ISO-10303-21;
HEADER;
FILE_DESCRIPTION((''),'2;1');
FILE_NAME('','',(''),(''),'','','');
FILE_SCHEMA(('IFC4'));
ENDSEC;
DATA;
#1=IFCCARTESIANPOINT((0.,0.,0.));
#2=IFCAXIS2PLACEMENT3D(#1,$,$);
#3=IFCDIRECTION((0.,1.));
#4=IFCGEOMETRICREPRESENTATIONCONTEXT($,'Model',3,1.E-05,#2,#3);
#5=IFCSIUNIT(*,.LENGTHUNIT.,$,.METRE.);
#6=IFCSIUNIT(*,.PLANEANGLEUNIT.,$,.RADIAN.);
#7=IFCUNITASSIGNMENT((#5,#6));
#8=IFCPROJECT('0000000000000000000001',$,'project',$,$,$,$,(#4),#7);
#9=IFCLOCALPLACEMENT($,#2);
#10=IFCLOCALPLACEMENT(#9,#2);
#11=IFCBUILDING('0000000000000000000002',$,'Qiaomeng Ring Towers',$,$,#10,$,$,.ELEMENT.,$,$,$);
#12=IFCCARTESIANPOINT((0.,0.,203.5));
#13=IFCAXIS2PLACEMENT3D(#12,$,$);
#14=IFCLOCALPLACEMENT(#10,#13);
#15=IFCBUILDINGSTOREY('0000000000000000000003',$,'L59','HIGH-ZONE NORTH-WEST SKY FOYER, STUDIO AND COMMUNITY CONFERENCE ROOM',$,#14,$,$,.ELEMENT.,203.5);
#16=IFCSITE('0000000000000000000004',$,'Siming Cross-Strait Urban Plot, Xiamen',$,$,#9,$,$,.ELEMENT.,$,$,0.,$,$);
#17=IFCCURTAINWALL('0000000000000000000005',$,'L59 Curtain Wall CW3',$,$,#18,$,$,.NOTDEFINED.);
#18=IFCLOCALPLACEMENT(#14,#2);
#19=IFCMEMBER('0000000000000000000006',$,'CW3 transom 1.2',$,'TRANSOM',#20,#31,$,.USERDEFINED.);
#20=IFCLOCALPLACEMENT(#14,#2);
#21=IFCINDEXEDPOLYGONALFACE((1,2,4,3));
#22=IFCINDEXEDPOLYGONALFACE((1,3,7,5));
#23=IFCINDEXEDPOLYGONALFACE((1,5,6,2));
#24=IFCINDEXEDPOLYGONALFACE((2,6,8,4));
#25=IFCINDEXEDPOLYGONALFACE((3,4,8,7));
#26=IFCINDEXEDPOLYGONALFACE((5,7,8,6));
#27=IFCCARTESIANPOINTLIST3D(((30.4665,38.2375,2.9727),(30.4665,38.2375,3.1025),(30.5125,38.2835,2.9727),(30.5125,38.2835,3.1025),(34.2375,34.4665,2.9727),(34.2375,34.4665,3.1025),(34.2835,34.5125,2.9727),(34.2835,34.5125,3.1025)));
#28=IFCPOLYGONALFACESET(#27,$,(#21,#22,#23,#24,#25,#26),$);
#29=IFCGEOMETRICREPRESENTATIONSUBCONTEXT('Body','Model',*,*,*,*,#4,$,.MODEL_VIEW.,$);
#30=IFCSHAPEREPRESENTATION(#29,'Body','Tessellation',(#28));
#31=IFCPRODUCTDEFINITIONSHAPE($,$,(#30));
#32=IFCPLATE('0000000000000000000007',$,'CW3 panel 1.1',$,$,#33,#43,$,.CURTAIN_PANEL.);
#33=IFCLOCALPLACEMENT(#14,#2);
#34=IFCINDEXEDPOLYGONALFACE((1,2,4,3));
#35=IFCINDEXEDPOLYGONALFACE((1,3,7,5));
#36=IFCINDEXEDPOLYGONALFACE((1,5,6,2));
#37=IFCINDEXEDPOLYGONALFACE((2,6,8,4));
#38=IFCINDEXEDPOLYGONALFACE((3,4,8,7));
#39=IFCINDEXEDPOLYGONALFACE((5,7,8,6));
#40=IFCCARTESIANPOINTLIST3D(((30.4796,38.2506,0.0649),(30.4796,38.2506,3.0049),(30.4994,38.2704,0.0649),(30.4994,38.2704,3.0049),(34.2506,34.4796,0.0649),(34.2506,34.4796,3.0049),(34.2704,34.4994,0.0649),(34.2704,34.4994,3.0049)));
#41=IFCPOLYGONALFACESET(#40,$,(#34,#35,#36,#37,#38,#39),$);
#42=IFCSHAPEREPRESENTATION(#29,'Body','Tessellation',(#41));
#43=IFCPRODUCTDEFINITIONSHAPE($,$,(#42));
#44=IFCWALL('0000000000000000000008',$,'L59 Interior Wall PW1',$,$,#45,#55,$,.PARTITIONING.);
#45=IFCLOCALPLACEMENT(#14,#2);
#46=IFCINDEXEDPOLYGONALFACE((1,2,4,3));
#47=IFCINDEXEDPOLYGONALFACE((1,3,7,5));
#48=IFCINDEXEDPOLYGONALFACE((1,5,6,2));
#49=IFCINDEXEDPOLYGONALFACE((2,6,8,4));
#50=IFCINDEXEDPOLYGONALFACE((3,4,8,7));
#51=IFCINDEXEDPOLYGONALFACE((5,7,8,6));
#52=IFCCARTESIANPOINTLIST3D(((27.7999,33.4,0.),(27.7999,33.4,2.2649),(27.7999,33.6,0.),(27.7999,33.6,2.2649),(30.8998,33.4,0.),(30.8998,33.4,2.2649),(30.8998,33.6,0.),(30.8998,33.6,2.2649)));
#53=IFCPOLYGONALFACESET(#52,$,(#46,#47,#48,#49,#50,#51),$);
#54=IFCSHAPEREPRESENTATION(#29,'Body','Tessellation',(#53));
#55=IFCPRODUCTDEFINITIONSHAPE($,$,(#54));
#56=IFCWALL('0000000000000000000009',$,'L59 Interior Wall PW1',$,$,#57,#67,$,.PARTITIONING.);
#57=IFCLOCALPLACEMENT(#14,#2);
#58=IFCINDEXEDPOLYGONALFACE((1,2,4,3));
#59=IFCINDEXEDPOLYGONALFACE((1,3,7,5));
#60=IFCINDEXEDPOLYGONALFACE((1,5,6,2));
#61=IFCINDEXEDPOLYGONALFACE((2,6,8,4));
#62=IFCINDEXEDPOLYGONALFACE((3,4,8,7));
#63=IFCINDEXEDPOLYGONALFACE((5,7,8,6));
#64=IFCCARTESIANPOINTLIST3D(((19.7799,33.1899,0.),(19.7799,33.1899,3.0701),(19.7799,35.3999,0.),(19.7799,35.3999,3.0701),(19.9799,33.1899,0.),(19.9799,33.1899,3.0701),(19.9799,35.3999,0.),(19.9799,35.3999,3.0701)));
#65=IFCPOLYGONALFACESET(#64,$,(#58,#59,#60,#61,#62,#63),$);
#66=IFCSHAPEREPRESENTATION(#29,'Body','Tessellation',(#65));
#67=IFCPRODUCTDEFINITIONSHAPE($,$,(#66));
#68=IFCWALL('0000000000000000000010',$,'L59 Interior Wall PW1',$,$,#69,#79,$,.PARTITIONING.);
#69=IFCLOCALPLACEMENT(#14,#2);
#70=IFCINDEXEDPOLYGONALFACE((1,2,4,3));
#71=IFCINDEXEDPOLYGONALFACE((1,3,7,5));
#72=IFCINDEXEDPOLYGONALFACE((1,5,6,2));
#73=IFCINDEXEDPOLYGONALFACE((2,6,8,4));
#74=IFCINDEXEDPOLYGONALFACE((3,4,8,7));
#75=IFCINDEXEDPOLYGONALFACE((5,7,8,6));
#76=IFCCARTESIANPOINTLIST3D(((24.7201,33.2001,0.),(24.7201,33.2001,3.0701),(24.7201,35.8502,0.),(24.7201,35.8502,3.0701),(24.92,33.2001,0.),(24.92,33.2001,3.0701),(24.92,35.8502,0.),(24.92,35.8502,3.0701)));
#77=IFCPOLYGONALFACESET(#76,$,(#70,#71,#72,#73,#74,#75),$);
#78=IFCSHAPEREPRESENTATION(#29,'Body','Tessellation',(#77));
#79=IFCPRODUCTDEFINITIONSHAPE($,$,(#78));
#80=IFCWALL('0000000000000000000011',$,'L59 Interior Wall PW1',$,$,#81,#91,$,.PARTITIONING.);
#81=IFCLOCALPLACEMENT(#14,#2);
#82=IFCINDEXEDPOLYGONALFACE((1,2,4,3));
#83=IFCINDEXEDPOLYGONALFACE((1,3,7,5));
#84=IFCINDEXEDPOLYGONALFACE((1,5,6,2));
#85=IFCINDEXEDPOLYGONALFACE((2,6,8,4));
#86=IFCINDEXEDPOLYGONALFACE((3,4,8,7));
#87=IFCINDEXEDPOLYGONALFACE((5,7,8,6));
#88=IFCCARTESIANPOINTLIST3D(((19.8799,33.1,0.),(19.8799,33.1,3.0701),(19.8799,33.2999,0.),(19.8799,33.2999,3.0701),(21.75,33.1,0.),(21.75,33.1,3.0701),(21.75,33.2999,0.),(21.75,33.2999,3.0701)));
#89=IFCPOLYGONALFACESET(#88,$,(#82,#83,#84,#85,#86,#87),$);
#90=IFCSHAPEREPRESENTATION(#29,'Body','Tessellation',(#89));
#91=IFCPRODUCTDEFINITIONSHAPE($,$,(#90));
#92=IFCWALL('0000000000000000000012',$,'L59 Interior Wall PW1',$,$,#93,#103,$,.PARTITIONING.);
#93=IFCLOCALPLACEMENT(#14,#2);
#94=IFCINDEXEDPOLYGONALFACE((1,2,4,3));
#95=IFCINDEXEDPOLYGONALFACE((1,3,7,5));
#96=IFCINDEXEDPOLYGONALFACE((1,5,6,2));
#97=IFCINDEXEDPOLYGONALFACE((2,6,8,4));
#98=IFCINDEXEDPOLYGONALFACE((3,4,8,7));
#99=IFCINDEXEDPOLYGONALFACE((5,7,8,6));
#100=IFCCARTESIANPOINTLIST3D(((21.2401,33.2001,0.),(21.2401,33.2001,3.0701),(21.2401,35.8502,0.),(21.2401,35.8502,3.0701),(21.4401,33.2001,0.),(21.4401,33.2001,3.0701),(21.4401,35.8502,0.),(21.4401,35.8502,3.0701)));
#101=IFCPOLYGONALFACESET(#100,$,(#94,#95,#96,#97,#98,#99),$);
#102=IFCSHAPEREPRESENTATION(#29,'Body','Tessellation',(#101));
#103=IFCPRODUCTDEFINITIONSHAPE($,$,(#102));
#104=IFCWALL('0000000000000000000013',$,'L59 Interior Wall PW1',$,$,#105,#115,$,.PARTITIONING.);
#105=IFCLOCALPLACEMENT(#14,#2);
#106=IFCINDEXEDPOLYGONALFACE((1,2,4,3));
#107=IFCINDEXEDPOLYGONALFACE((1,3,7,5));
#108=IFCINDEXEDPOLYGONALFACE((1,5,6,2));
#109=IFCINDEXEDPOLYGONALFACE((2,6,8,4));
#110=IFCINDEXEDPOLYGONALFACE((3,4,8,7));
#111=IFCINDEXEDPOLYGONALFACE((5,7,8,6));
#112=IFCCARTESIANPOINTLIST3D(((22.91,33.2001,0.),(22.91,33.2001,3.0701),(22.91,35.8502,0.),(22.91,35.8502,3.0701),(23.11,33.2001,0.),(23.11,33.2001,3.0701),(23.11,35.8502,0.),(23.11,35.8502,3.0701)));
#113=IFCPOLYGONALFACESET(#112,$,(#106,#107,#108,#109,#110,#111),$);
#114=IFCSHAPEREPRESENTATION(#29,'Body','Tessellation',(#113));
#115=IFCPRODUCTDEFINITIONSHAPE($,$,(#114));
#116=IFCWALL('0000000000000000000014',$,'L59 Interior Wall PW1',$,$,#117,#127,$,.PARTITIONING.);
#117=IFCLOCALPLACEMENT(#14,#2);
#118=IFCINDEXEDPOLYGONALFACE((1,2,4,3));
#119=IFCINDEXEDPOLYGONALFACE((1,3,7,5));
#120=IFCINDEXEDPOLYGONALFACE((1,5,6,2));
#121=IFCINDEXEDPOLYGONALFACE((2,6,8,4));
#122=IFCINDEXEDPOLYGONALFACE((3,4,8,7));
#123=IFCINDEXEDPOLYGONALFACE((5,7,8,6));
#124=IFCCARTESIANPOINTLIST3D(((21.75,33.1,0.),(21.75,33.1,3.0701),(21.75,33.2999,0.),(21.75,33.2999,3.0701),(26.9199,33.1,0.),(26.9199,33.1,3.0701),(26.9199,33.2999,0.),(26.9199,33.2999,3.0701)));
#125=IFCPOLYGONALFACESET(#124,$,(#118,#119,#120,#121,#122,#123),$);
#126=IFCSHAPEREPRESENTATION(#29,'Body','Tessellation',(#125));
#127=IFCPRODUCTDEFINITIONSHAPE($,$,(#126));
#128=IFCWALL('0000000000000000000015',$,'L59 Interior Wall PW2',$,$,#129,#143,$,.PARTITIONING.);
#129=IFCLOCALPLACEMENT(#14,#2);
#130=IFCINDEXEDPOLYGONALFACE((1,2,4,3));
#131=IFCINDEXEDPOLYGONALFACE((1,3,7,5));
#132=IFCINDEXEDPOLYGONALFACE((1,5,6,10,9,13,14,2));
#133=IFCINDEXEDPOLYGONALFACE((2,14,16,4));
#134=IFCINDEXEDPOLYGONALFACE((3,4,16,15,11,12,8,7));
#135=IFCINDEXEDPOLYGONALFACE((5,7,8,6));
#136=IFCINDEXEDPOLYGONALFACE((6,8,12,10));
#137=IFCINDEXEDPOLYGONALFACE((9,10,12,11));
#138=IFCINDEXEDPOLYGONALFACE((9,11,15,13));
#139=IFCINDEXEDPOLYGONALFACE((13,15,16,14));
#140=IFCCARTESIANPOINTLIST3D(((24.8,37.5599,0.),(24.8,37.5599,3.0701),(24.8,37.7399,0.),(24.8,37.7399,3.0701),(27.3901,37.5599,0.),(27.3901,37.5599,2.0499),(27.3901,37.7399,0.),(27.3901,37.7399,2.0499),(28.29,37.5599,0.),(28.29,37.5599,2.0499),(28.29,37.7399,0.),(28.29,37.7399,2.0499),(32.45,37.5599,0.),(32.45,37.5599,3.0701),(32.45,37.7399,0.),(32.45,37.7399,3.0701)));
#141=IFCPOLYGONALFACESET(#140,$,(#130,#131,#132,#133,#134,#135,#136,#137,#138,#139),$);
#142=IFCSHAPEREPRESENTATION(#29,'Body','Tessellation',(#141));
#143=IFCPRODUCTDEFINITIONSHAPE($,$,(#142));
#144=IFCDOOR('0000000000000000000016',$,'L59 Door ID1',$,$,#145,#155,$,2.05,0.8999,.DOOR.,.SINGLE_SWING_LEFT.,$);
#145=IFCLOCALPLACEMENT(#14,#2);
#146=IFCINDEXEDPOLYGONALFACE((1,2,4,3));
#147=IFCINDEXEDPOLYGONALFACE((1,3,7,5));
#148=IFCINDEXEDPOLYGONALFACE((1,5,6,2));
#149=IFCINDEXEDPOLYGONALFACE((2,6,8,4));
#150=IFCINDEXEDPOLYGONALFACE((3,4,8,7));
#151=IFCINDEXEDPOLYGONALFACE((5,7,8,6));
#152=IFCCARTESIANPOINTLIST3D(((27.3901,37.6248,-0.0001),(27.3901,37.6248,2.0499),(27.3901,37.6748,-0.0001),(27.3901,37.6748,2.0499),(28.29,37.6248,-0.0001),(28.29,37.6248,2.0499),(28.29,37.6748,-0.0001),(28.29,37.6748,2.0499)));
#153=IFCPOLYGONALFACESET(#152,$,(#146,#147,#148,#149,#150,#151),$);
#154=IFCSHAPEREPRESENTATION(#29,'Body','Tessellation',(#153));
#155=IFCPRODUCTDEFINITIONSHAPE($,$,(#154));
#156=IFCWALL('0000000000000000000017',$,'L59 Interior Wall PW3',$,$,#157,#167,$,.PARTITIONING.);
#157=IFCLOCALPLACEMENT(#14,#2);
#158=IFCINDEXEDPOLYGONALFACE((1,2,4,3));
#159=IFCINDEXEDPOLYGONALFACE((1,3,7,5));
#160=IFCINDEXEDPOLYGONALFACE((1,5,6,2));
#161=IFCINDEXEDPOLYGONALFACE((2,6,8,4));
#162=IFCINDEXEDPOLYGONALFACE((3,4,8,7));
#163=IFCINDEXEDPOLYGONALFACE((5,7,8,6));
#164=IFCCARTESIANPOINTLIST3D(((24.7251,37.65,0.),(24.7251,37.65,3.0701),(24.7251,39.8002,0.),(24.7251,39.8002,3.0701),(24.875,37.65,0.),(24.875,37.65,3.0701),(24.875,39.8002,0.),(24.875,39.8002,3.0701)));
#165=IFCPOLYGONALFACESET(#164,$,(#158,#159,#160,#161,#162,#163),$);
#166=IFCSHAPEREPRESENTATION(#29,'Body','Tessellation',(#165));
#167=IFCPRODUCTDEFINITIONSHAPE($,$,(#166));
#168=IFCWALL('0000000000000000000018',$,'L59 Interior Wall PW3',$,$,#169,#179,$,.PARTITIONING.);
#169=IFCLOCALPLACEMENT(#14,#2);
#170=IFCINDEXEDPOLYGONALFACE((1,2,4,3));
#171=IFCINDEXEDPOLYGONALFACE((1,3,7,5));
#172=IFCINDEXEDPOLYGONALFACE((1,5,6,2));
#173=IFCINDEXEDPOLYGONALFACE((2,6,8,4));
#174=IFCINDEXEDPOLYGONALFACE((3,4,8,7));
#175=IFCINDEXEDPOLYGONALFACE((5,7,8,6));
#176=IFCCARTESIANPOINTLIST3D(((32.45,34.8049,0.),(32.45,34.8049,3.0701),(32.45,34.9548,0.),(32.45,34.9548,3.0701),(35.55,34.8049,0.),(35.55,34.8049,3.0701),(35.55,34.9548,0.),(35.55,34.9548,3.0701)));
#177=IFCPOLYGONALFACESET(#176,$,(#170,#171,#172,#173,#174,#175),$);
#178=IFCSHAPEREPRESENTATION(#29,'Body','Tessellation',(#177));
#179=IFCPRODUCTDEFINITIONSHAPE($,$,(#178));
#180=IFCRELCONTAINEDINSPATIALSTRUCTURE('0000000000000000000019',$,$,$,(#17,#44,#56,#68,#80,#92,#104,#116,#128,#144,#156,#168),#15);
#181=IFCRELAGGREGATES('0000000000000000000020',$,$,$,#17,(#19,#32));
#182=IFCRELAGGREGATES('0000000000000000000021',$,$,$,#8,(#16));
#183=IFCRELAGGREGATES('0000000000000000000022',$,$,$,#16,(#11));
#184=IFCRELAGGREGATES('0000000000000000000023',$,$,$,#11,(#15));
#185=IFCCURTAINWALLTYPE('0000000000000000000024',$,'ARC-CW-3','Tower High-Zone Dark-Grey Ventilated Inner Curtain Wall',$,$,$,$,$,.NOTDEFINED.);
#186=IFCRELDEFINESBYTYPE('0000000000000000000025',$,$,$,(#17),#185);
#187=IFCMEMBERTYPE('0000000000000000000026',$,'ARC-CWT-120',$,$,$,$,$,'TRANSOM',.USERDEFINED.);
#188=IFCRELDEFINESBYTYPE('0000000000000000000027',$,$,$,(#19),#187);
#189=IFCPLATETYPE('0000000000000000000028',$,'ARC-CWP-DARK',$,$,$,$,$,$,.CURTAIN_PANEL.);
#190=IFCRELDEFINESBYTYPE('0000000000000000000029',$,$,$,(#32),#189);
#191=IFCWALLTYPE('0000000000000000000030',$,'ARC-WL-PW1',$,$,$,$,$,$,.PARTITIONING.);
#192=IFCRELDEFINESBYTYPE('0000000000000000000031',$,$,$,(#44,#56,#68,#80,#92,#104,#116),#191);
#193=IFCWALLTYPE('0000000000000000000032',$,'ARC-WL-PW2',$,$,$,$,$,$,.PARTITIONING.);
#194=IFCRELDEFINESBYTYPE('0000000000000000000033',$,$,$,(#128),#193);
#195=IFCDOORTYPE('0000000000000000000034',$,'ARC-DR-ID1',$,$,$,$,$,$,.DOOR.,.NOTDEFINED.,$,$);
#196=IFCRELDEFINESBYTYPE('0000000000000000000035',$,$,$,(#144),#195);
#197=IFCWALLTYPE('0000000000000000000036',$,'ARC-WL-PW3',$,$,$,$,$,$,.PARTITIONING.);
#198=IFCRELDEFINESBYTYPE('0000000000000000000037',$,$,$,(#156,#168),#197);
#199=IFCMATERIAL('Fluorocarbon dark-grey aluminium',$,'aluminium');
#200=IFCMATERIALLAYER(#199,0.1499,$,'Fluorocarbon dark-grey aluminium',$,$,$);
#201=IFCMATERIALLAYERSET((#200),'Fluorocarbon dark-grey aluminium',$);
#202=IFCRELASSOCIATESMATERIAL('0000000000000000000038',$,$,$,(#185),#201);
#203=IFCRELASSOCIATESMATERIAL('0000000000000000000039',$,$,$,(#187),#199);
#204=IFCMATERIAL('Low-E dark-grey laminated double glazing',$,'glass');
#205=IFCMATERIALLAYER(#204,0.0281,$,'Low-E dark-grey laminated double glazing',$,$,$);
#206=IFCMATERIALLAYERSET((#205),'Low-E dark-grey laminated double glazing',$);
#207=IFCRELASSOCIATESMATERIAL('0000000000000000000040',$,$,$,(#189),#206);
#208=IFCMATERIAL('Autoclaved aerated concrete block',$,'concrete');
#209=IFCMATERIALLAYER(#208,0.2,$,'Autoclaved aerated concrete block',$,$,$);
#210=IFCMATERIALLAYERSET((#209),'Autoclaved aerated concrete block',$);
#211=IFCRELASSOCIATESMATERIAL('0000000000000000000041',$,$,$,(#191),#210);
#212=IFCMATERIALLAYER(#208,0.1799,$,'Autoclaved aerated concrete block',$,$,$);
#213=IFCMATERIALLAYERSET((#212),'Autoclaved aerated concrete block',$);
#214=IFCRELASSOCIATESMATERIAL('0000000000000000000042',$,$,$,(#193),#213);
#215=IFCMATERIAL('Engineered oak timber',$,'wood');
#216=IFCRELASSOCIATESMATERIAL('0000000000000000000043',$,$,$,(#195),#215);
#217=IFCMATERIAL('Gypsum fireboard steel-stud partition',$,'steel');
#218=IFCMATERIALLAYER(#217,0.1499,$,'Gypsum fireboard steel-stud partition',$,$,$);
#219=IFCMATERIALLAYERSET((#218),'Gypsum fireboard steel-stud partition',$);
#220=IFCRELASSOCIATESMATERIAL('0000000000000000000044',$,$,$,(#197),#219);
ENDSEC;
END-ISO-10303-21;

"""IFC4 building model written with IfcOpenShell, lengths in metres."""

from ifc_helpers import new_model, si_unit, direction, frame, frame_2d, origin, origin_2d, place, context, subcontext, project, spatial, rectangle, extrude, source, transform, mapped, material, layer, layer_set, material_profile, profile_set, type_object, element, fill, aggregate, save


model = new_model("IFC4")

# Units and contexts
model_context = context("Model", 3, precision=1e-05, world=origin(), true_north=direction((0.0, 1.0)))
body_context = subcontext(model_context, "Body", "Model", "MODEL_VIEW")
ifc_project = project(units=[si_unit("LENGTHUNIT", "METRE"), si_unit("PLANEANGLEUNIT", "RADIAN")], contexts=[model_context])

# Site, building, storey
site_placement = place(None, origin())
site = spatial("IfcSite", under=ifc_project, at=site_placement, Name="Siming Cross-Strait Urban Plot, Xiamen", CompositionType="ELEMENT", RefElevation=0.0)
building_placement = place(site_placement, origin())
building = spatial("IfcBuilding", under=site, at=building_placement, Name="Qiaomeng Ring Towers", CompositionType="ELEMENT")
storey_placement = place(building_placement, frame((0.0, 0.0, 203.5)))
storey = spatial("IfcBuildingStorey", under=building, at=storey_placement, Name="L59", Description="HIGH-ZONE NORTH-WEST SKY FOYER, STUDIO AND COMMUNITY CONFERENCE ROOM", CompositionType="ELEMENT", Elevation=203.5)

# Curtain wall, member, plate
ifc_material_1 = material(Name="Fluorocarbon dark-grey aluminium", Category="aluminium")
ifc_layer_1 = layer(ifc_material_1, 0.1499, Name="Fluorocarbon dark-grey aluminium")
ifc_layer_set_1 = layer_set([ifc_layer_1], Name="Fluorocarbon dark-grey aluminium")
curtain_wall_type = type_object("IfcCurtainWallType", Name="ARC-CW-3", Description="Tower High-Zone Dark-Grey Ventilated Inner Curtain Wall", PredefinedType="NOTDEFINED", material=ifc_layer_set_1)
curtain_wall_placement = place(storey_placement, origin())
curtain_wall = element("IfcCurtainWall", 1, at=curtain_wall_placement, inside=storey, type_object=curtain_wall_type, Name="L59 Curtain Wall CW3", PredefinedType="NOTDEFINED")
ifc_material_profile_1 = material_profile(ifc_material_1, rectangle(XDim=0.0649, YDim=0.1299, at=origin_2d()), Name="ALU TRAN 65x130")
ifc_profile_set_1 = profile_set([ifc_material_profile_1], Name="Fluorocarbon dark-grey aluminium")
member_type_1 = type_object("IfcMemberType", Name="ARC-CWT-120", ElementType="TRANSOM", PredefinedType="USERDEFINED", material=ifc_profile_set_1)
shared_shape_1 = source(origin(), body_context, "Body", "SweptSolid", [
    extrude(rectangle(XDim=0.0649, YDim=0.1299, at=origin_2d()), origin(), (0.0, 0.0, 1.0), 5.333),
])
member_1_placement = place(storey_placement, frame((34.2605, 34.4895, 3.0376), z_axis=(-0.707107, 0.707107, 0.0), x_axis=(-0.707107, -0.707107, 0.0)))
member_1 = element("IfcMember", 2, at=member_1_placement, type_object=member_type_1, Name="CW3 transom 1.2", ObjectType="TRANSOM", PredefinedType="USERDEFINED", context=body_context, shape_type="MappedRepresentation", body=[
    mapped(shared_shape_1, transform((0.0, 0.0, 0.0), x_axis=(1.0, 0.0, 0.0), y_axis=(0.0, 1.0, 0.0), z_axis=(0.0, 0.0, 1.0), scale=1.0)),
])
ifc_material_2 = material(Name="Low-E dark-grey laminated double glazing", Category="glass")
ifc_layer_2 = layer(ifc_material_2, 0.0281, Name="Low-E dark-grey laminated double glazing")
ifc_layer_set_2 = layer_set([ifc_layer_2], Name="Low-E dark-grey laminated double glazing")
plate_type = type_object("IfcPlateType", Name="ARC-CWP-DARK", PredefinedType="CURTAIN_PANEL", material=ifc_layer_set_2)
shared_shape_2 = source(origin(), body_context, "Body", "SweptSolid", [
    extrude(rectangle(XDim=5.333, YDim=0.0281, at=origin_2d()), origin(), (0.0, 0.0, 1.0), 2.9399),
])
plate_placement = place(storey_placement, frame((32.375, 36.375, 0.0649), z_axis=(0.0, 0.0, 1.0), x_axis=(-0.707107, 0.707107, 0.0)))
plate = element("IfcPlate", 3, at=plate_placement, type_object=plate_type, Name="CW3 panel 1.1", PredefinedType="CURTAIN_PANEL", context=body_context, shape_type="MappedRepresentation", body=[
    mapped(shared_shape_2, transform((0.0, 0.0, 0.0), x_axis=(1.0, 0.0, 0.0), y_axis=(0.0, 1.0, 0.0), z_axis=(0.0, 0.0, 1.0), scale=1.0)),
])
aggregate(curtain_wall, [member_1, plate])

# Walls
ifc_material_3 = material(Name="Autoclaved aerated concrete block", Category="concrete")
ifc_layer_3 = layer(ifc_material_3, 0.2, Name="Autoclaved aerated concrete block")
ifc_layer_set_3 = layer_set([ifc_layer_3], Name="Autoclaved aerated concrete block")
wall_type_1 = type_object("IfcWallType", Name="ARC-WL-PW1", PredefinedType="PARTITIONING", material=ifc_layer_set_3)
wall_1_placement = place(storey_placement, frame((27.8, 33.5, 0.0), z_axis=(0.0, 0.0, 1.0), x_axis=(1.0, 0.0, 0.0)))
element("IfcWall", 4, at=wall_1_placement, inside=storey, type_object=wall_type_1, Name="L59 Interior Wall PW1", PredefinedType="PARTITIONING", context=body_context, shape_type="SweptSolid", body=[
    extrude(rectangle(XDim=3.0999, YDim=0.2, at=frame_2d((1.5498, 0.0))), origin(), (0.0, 0.0, 1.0), 2.2649),
])
wall_2_placement = place(storey_placement, frame((19.8799, 33.1899, 0.0), z_axis=(0.0, 0.0, 1.0), x_axis=(0.0, 1.0, 0.0)))
element("IfcWall", 5, at=wall_2_placement, inside=storey, type_object=wall_type_1, Name="L59 Interior Wall PW1", PredefinedType="PARTITIONING", context=body_context, shape_type="SweptSolid", body=[
    extrude(rectangle(XDim=2.21, YDim=0.2, at=frame_2d((1.105, 0.0))), origin(), (0.0, 0.0, 1.0), 3.0701),
])
wall_3_placement = place(storey_placement, frame((24.8201, 33.2, 0.0), z_axis=(0.0, 0.0, 1.0), x_axis=(0.0, 1.0, 0.0)))
element("IfcWall", 6, at=wall_3_placement, inside=storey, type_object=wall_type_1, Name="L59 Interior Wall PW1", PredefinedType="PARTITIONING", context=body_context, shape_type="SweptSolid", body=[
    extrude(rectangle(XDim=2.6501, YDim=0.2, at=frame_2d((1.3252, 0.0))), origin(), (0.0, 0.0, 1.0), 3.0701),
])
wall_4_placement = place(storey_placement, frame((19.8799, 33.2, 0.0), z_axis=(0.0, 0.0, 1.0), x_axis=(1.0, 0.0, 0.0)))
element("IfcWall", 7, at=wall_4_placement, inside=storey, type_object=wall_type_1, Name="L59 Interior Wall PW1", PredefinedType="PARTITIONING", context=body_context, shape_type="SweptSolid", body=[
    extrude(rectangle(XDim=1.8701, YDim=0.2, at=frame_2d((0.9351, 0.0))), origin(), (0.0, 0.0, 1.0), 3.0701),
])
for number, where, z_axis, x_axis, name in (
    (8, (21.3401, 33.2, 0.0), (0.0, 0.0, 1.0), (0.0, 1.0, 0.0), "L59 Interior Wall PW1"),
    (9, (23.01, 33.2, 0.0), (0.0, 0.0, 1.0), (0.0, 1.0, 0.0), "L59 Interior Wall PW1"),
):
    element("IfcWall", number, at=place(storey_placement, frame(where, z_axis=z_axis, x_axis=x_axis)), inside=storey, type_object=wall_type_1, Name=name, PredefinedType="PARTITIONING", context=body_context, shape_type="SweptSolid", body=[
        extrude(rectangle(XDim=2.6501, YDim=0.2, at=frame_2d((1.3252, 0.0))), origin(), (0.0, 0.0, 1.0), 3.0701),
    ])
wall_5_placement = place(storey_placement, frame((21.75, 33.2, 0.0), z_axis=(0.0, 0.0, 1.0), x_axis=(1.0, 0.0, 0.0)))
element("IfcWall", 10, at=wall_5_placement, inside=storey, type_object=wall_type_1, Name="L59 Interior Wall PW1", PredefinedType="PARTITIONING", context=body_context, shape_type="SweptSolid", body=[
    extrude(rectangle(XDim=5.1699, YDim=0.2, at=frame_2d((2.585, 0.0))), origin(), (0.0, 0.0, 1.0), 3.0701),
])

# Wall, opening, door
ifc_layer_4 = layer(ifc_material_3, 0.1799, Name="Autoclaved aerated concrete block")
ifc_layer_set_4 = layer_set([ifc_layer_4], Name="Autoclaved aerated concrete block")
wall_type_2 = type_object("IfcWallType", Name="ARC-WL-PW2", PredefinedType="PARTITIONING", material=ifc_layer_set_4)
wall_6_placement = place(storey_placement, frame((24.8, 37.6499, 0.0), z_axis=(0.0, 0.0, 1.0), x_axis=(1.0, 0.0, 0.0)))
wall_6 = element("IfcWall", 11, at=wall_6_placement, inside=storey, type_object=wall_type_2, Name="L59 Interior Wall PW2", PredefinedType="PARTITIONING", context=body_context, shape_type="SweptSolid", body=[
    extrude(rectangle(XDim=7.6499, YDim=0.1799, at=frame_2d((3.825, 0.0))), origin(), (0.0, 0.0, 1.0), 3.0701),
])
opening_placement = place(wall_6_placement, frame((2.5901, 0.0, 0.0)))
opening = element("IfcOpeningElement", 12, at=opening_placement, cuts=wall_6, PredefinedType="OPENING", context=body_context, shape_type="SweptSolid", body=[
    extrude(rectangle(XDim=0.8999, YDim=2.05, at=frame_2d((0.45, 1.0249))), frame((0.0, 0.0999, 0.0), z_axis=(0.0, -1.0, 0.0), x_axis=(1.0, 0.0, 0.0)), (0.0, 0.0, 1.0), 0.2),
])
ifc_material_4 = material(Name="Engineered oak timber", Category="wood")
door_type = type_object("IfcDoorType", Name="ARC-DR-ID1", OperationType="NOTDEFINED", PredefinedType="DOOR", material=ifc_material_4)
shared_shape_3 = source(origin(), body_context, "Body", "SweptSolid", [
    extrude(rectangle(XDim=0.8999, YDim=2.05, at=frame_2d((0.45, 1.0249))), frame((0.0, 0.0249, 0.0), z_axis=(0.0, -1.0, 0.0), x_axis=(1.0, 0.0, 0.0)), (0.0, 0.0, 1.0), 0.05),
])
door_placement = place(opening_placement, origin())
door = element("IfcDoor", 13, at=door_placement, inside=storey, type_object=door_type, Name="L59 Door ID1", OperationType="SINGLE_SWING_LEFT", OverallHeight=2.05, OverallWidth=0.8999, PredefinedType="DOOR", context=body_context, shape_type="MappedRepresentation", body=[
    mapped(shared_shape_3, transform((0.0, 0.0, 0.0), x_axis=(1.0, 0.0, 0.0), y_axis=(0.0, 1.0, 0.0), z_axis=(0.0, 0.0, 1.0), scale=1.0)),
])
fill(opening, door)

# Walls
ifc_material_5 = material(Name="Gypsum fireboard steel-stud partition", Category="steel")
ifc_layer_5 = layer(ifc_material_5, 0.1499, Name="Gypsum fireboard steel-stud partition")
ifc_layer_set_5 = layer_set([ifc_layer_5], Name="Gypsum fireboard steel-stud partition")
wall_type_3 = type_object("IfcWallType", Name="ARC-WL-PW3", PredefinedType="PARTITIONING", material=ifc_layer_set_5)
wall_7_placement = place(storey_placement, frame((24.8, 37.6499, 0.0), z_axis=(0.0, 0.0, 1.0), x_axis=(0.0, 1.0, 0.0)))
element("IfcWall", 14, at=wall_7_placement, inside=storey, type_object=wall_type_3, Name="L59 Interior Wall PW3", PredefinedType="PARTITIONING", context=body_context, shape_type="SweptSolid", body=[
    extrude(rectangle(XDim=2.1501, YDim=0.1499, at=frame_2d((1.0752, 0.0))), origin(), (0.0, 0.0, 1.0), 3.0701),
])
wall_8_placement = place(storey_placement, frame((32.45, 34.8799, 0.0), z_axis=(0.0, 0.0, 1.0), x_axis=(1.0, 0.0, 0.0)))
element("IfcWall", 15, at=wall_8_placement, inside=storey, type_object=wall_type_3, Name="L59 Interior Wall PW3", PredefinedType="PARTITIONING", context=body_context, shape_type="SweptSolid", body=[
    extrude(rectangle(XDim=3.1001, YDim=0.1499, at=frame_2d((1.55, 0.0))), origin(), (0.0, 0.0, 1.0), 3.0701),
])

save(model, "model.ifc")
